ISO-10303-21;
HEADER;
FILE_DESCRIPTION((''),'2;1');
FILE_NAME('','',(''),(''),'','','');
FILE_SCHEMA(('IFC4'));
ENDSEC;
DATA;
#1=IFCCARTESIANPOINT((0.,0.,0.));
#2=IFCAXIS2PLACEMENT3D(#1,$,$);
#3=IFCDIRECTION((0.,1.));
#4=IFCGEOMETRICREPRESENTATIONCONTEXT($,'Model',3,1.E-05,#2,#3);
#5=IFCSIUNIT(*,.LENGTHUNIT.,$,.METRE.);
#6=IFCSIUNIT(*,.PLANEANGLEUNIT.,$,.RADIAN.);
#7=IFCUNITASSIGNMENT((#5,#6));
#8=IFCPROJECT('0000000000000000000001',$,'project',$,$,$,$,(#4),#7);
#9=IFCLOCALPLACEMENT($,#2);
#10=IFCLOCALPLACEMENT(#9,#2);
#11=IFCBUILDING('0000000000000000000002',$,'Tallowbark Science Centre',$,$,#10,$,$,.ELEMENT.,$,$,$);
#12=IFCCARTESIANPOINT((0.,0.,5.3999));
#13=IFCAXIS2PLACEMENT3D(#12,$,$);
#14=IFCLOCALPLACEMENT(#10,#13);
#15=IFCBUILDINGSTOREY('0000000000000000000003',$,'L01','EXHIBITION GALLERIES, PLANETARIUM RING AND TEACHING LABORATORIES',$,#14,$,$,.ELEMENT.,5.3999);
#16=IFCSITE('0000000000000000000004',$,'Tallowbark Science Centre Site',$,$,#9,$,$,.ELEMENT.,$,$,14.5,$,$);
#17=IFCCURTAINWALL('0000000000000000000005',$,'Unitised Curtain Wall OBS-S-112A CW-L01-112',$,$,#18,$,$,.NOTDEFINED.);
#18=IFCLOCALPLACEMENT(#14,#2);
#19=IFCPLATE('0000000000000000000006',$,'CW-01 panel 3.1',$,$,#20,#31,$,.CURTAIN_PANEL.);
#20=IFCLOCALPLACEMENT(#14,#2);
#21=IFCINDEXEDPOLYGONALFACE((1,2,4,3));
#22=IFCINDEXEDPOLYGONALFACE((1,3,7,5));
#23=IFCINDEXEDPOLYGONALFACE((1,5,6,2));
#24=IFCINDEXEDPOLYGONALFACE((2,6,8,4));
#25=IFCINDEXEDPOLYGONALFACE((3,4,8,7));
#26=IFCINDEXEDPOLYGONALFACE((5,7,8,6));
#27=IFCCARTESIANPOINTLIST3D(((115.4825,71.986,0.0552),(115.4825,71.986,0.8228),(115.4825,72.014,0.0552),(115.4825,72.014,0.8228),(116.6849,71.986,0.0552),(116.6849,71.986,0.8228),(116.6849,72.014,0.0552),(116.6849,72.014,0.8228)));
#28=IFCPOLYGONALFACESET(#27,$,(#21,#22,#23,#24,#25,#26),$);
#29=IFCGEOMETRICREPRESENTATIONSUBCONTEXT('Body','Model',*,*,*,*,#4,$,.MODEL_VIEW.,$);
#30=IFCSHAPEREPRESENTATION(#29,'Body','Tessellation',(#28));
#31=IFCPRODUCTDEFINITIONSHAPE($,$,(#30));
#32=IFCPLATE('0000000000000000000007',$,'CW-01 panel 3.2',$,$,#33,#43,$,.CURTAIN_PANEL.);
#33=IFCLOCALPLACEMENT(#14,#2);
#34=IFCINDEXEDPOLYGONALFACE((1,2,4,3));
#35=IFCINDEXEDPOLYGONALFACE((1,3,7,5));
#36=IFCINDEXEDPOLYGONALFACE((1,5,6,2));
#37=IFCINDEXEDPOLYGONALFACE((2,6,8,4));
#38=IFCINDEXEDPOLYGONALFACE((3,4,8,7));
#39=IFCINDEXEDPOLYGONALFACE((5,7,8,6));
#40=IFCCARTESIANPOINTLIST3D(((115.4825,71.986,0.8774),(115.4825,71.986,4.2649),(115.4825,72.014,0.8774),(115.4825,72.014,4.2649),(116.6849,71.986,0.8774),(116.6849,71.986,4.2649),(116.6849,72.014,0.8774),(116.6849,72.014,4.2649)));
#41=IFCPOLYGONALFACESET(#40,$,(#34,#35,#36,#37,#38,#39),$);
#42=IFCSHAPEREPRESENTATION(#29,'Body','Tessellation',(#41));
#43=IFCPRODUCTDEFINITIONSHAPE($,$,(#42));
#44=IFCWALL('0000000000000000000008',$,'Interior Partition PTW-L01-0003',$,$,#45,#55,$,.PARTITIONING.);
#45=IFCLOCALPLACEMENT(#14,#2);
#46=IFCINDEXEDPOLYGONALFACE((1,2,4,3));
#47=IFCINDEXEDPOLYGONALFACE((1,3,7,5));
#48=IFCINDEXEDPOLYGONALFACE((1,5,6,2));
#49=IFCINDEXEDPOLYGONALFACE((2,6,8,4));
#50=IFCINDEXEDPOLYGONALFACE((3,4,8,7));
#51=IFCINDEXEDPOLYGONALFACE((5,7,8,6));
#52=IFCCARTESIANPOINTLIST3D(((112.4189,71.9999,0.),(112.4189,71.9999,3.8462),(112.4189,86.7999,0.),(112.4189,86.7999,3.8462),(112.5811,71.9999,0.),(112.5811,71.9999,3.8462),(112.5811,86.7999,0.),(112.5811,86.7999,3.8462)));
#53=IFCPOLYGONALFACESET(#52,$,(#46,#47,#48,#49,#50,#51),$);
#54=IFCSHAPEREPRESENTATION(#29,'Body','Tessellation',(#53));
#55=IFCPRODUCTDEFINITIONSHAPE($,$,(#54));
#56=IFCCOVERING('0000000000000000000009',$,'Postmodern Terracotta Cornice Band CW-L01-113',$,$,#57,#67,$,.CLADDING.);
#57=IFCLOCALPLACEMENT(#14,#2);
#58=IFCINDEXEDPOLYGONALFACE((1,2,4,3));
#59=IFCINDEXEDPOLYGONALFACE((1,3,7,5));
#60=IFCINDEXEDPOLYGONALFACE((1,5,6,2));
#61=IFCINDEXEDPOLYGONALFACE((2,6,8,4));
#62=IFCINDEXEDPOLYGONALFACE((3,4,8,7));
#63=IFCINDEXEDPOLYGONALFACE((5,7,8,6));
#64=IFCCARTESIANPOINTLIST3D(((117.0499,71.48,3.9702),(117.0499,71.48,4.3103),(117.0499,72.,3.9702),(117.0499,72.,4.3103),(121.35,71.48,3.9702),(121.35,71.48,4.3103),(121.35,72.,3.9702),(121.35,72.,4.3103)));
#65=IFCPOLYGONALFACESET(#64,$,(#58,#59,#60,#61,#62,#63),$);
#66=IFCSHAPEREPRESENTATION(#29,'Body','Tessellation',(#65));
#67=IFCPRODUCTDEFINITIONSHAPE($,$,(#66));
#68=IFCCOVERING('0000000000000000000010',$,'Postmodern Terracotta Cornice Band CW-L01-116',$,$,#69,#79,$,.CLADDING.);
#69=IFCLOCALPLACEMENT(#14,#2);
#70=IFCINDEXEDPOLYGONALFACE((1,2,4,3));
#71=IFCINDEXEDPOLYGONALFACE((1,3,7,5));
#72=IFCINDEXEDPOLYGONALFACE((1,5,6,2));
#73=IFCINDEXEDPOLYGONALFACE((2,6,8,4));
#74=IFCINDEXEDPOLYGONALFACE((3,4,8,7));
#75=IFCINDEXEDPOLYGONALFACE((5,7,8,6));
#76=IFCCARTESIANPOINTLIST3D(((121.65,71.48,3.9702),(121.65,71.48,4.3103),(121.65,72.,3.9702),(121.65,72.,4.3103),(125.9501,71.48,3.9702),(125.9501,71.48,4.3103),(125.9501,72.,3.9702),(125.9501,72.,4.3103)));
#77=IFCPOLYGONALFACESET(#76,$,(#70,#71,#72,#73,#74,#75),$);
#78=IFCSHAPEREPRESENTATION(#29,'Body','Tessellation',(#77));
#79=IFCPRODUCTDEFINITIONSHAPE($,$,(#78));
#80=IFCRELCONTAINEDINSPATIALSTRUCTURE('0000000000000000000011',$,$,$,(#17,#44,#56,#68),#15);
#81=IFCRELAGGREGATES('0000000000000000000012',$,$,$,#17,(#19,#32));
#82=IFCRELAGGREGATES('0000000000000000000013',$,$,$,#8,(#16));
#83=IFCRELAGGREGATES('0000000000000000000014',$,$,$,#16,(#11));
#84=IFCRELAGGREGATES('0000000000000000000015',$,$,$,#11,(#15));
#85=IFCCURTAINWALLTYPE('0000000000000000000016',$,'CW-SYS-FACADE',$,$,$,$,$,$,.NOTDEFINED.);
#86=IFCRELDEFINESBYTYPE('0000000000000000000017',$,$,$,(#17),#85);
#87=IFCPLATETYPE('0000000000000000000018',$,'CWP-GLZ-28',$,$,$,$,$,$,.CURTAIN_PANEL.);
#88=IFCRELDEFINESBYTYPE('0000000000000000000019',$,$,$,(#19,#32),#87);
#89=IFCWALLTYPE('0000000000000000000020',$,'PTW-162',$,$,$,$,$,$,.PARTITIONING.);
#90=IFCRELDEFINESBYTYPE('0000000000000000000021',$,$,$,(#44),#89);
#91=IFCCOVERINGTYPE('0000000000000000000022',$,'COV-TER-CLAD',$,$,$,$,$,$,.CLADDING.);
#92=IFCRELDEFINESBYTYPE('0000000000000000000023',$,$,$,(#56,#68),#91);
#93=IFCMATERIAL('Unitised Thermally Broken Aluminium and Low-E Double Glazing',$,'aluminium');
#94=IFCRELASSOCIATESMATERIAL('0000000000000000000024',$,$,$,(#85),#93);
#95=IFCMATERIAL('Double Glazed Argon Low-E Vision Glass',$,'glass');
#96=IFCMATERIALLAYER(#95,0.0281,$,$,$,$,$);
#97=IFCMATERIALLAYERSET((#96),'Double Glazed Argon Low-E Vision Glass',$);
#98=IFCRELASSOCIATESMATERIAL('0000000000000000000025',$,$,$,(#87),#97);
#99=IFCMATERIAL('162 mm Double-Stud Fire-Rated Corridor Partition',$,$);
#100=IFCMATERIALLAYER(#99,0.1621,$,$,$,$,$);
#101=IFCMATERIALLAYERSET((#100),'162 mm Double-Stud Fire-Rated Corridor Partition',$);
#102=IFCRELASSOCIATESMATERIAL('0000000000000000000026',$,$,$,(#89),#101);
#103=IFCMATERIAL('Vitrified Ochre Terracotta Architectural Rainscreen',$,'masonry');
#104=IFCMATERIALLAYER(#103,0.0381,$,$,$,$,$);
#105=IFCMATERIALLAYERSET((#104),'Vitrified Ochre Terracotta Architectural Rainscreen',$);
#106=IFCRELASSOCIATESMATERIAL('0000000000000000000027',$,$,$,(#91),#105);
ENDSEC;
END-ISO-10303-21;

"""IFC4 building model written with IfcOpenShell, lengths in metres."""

from ifc_helpers import new_model, si_unit, direction, frame, frame_2d, origin, origin_2d, place, context, subcontext, project, spatial, rectangle, extrude, material, layer, layer_set, type_object, element, aggregate, save


model = new_model("IFC4")

# Units and contexts
model_context = context("Model", 3, precision=1e-05, world=origin(), true_north=direction((0.0, 1.0)))
body_context = subcontext(model_context, "Body", "Model", "MODEL_VIEW")
ifc_project = project(units=[si_unit("LENGTHUNIT", "METRE"), si_unit("PLANEANGLEUNIT", "RADIAN")], contexts=[model_context])

# Site, building, storey
site_placement = place(None, origin())
site = spatial("IfcSite", under=ifc_project, at=site_placement, Name="Tallowbark Science Centre Site", CompositionType="ELEMENT", RefElevation=14.5)
building_placement = place(site_placement, origin())
building = spatial("IfcBuilding", under=site, at=building_placement, Name="Tallowbark Science Centre", CompositionType="ELEMENT")
storey_placement = place(building_placement, frame((0.0, 0.0, 5.3999)))
storey = spatial("IfcBuildingStorey", under=building, at=storey_placement, Name="L01", Description="EXHIBITION GALLERIES, PLANETARIUM RING AND TEACHING LABORATORIES", CompositionType="ELEMENT", Elevation=5.3999)

# Curtain wall
ifc_material_1 = material(Name="Unitised Thermally Broken Aluminium and Low-E Double Glazing", Category="aluminium")
curtain_wall_type = type_object("IfcCurtainWallType", Name="CW-SYS-FACADE", PredefinedType="NOTDEFINED", material=ifc_material_1)
curtain_wall_1_placement = place(storey_placement, origin())
curtain_wall_1 = element("IfcCurtainWall", 1, at=curtain_wall_1_placement, inside=storey, type_object=curtain_wall_type, Name="Unitised Curtain Wall OBS-S-112A CW-L01-112", PredefinedType="NOTDEFINED")

# Plates
ifc_material_2 = material(Name="Double Glazed Argon Low-E Vision Glass", Category="glass")
ifc_layer_1 = layer(ifc_material_2, 0.0281)
ifc_layer_set_1 = layer_set([ifc_layer_1], Name="Double Glazed Argon Low-E Vision Glass")
plate_type = type_object("IfcPlateType", Name="CWP-GLZ-28", PredefinedType="CURTAIN_PANEL", material=ifc_layer_set_1)
plate_1_placement = place(storey_placement, frame((116.0837, 72.0, 0.0552), z_axis=(0.0, 0.0, 1.0), x_axis=(1.0, 0.0, 0.0)))
plate_1 = element("IfcPlate", 2, at=plate_1_placement, type_object=plate_type, Name="CW-01 panel 3.1", PredefinedType="CURTAIN_PANEL", context=body_context, shape_type="SweptSolid", body=[
    extrude(rectangle(XDim=1.2024, YDim=0.0281, at=origin_2d()), origin(), (0.0, 0.0, 1.0), 0.7676),
])
plate_2_placement = place(storey_placement, frame((116.0837, 72.0, 0.8774), z_axis=(0.0, 0.0, 1.0), x_axis=(1.0, 0.0, 0.0)))
plate_2 = element("IfcPlate", 3, at=plate_2_placement, type_object=plate_type, Name="CW-01 panel 3.2", PredefinedType="CURTAIN_PANEL", context=body_context, shape_type="SweptSolid", body=[
    extrude(rectangle(XDim=1.2024, YDim=0.0281, at=origin_2d()), origin(), (0.0, 0.0, 1.0), 3.3875),
])
aggregate(curtain_wall_1, [plate_1, plate_2])

# Wall
ifc_material_3 = material(Name="162 mm Double-Stud Fire-Rated Corridor Partition")
ifc_layer_2 = layer(ifc_material_3, 0.1621)
ifc_layer_set_2 = layer_set([ifc_layer_2], Name="162 mm Double-Stud Fire-Rated Corridor Partition")
wall_type = type_object("IfcWallType", Name="PTW-162", PredefinedType="PARTITIONING", material=ifc_layer_set_2)
wall_placement = place(storey_placement, frame((112.5, 72.0, 0.0), z_axis=(0.0, 0.0, 1.0), x_axis=(0.0, 1.0, 0.0)))
element("IfcWall", 4, at=wall_placement, inside=storey, type_object=wall_type, Name="Interior Partition PTW-L01-0003", PredefinedType="PARTITIONING", context=body_context, shape_type="SweptSolid", body=[
    extrude(rectangle(XDim=14.8, YDim=0.1621, at=frame_2d((7.3999, 0.0))), origin(), (0.0, 0.0, 1.0), 3.8462),
])

# Coverings
ifc_material_4 = material(Name="Vitrified Ochre Terracotta Architectural Rainscreen", Category="masonry")
ifc_layer_3 = layer(ifc_material_4, 0.0381)
ifc_layer_set_3 = layer_set([ifc_layer_3], Name="Vitrified Ochre Terracotta Architectural Rainscreen")
covering_type = type_object("IfcCoveringType", Name="COV-TER-CLAD", PredefinedType="CLADDING", material=ifc_layer_set_3)
for number, where, z_axis, x_axis, name in (
    (5, (119.2, 71.74, 3.9702), (0.0, 0.0, 1.0), (1.0, 0.0, 0.0), "Postmodern Terracotta Cornice Band CW-L01-113"),
    (6, (123.8, 71.74, 3.9702), (0.0, 0.0, 1.0), (1.0, 0.0, 0.0), "Postmodern Terracotta Cornice Band CW-L01-116"),
):
    element("IfcCovering", number, at=place(storey_placement, frame(where, z_axis=z_axis, x_axis=x_axis)), inside=storey, type_object=covering_type, Name=name, PredefinedType="CLADDING", context=body_context, shape_type="SweptSolid", body=[
        extrude(rectangle(XDim=4.3, YDim=0.52, at=origin_2d()), origin(), (0.0, 0.0, 1.0), 0.3401),
    ])

save(model, "model.ifc")
